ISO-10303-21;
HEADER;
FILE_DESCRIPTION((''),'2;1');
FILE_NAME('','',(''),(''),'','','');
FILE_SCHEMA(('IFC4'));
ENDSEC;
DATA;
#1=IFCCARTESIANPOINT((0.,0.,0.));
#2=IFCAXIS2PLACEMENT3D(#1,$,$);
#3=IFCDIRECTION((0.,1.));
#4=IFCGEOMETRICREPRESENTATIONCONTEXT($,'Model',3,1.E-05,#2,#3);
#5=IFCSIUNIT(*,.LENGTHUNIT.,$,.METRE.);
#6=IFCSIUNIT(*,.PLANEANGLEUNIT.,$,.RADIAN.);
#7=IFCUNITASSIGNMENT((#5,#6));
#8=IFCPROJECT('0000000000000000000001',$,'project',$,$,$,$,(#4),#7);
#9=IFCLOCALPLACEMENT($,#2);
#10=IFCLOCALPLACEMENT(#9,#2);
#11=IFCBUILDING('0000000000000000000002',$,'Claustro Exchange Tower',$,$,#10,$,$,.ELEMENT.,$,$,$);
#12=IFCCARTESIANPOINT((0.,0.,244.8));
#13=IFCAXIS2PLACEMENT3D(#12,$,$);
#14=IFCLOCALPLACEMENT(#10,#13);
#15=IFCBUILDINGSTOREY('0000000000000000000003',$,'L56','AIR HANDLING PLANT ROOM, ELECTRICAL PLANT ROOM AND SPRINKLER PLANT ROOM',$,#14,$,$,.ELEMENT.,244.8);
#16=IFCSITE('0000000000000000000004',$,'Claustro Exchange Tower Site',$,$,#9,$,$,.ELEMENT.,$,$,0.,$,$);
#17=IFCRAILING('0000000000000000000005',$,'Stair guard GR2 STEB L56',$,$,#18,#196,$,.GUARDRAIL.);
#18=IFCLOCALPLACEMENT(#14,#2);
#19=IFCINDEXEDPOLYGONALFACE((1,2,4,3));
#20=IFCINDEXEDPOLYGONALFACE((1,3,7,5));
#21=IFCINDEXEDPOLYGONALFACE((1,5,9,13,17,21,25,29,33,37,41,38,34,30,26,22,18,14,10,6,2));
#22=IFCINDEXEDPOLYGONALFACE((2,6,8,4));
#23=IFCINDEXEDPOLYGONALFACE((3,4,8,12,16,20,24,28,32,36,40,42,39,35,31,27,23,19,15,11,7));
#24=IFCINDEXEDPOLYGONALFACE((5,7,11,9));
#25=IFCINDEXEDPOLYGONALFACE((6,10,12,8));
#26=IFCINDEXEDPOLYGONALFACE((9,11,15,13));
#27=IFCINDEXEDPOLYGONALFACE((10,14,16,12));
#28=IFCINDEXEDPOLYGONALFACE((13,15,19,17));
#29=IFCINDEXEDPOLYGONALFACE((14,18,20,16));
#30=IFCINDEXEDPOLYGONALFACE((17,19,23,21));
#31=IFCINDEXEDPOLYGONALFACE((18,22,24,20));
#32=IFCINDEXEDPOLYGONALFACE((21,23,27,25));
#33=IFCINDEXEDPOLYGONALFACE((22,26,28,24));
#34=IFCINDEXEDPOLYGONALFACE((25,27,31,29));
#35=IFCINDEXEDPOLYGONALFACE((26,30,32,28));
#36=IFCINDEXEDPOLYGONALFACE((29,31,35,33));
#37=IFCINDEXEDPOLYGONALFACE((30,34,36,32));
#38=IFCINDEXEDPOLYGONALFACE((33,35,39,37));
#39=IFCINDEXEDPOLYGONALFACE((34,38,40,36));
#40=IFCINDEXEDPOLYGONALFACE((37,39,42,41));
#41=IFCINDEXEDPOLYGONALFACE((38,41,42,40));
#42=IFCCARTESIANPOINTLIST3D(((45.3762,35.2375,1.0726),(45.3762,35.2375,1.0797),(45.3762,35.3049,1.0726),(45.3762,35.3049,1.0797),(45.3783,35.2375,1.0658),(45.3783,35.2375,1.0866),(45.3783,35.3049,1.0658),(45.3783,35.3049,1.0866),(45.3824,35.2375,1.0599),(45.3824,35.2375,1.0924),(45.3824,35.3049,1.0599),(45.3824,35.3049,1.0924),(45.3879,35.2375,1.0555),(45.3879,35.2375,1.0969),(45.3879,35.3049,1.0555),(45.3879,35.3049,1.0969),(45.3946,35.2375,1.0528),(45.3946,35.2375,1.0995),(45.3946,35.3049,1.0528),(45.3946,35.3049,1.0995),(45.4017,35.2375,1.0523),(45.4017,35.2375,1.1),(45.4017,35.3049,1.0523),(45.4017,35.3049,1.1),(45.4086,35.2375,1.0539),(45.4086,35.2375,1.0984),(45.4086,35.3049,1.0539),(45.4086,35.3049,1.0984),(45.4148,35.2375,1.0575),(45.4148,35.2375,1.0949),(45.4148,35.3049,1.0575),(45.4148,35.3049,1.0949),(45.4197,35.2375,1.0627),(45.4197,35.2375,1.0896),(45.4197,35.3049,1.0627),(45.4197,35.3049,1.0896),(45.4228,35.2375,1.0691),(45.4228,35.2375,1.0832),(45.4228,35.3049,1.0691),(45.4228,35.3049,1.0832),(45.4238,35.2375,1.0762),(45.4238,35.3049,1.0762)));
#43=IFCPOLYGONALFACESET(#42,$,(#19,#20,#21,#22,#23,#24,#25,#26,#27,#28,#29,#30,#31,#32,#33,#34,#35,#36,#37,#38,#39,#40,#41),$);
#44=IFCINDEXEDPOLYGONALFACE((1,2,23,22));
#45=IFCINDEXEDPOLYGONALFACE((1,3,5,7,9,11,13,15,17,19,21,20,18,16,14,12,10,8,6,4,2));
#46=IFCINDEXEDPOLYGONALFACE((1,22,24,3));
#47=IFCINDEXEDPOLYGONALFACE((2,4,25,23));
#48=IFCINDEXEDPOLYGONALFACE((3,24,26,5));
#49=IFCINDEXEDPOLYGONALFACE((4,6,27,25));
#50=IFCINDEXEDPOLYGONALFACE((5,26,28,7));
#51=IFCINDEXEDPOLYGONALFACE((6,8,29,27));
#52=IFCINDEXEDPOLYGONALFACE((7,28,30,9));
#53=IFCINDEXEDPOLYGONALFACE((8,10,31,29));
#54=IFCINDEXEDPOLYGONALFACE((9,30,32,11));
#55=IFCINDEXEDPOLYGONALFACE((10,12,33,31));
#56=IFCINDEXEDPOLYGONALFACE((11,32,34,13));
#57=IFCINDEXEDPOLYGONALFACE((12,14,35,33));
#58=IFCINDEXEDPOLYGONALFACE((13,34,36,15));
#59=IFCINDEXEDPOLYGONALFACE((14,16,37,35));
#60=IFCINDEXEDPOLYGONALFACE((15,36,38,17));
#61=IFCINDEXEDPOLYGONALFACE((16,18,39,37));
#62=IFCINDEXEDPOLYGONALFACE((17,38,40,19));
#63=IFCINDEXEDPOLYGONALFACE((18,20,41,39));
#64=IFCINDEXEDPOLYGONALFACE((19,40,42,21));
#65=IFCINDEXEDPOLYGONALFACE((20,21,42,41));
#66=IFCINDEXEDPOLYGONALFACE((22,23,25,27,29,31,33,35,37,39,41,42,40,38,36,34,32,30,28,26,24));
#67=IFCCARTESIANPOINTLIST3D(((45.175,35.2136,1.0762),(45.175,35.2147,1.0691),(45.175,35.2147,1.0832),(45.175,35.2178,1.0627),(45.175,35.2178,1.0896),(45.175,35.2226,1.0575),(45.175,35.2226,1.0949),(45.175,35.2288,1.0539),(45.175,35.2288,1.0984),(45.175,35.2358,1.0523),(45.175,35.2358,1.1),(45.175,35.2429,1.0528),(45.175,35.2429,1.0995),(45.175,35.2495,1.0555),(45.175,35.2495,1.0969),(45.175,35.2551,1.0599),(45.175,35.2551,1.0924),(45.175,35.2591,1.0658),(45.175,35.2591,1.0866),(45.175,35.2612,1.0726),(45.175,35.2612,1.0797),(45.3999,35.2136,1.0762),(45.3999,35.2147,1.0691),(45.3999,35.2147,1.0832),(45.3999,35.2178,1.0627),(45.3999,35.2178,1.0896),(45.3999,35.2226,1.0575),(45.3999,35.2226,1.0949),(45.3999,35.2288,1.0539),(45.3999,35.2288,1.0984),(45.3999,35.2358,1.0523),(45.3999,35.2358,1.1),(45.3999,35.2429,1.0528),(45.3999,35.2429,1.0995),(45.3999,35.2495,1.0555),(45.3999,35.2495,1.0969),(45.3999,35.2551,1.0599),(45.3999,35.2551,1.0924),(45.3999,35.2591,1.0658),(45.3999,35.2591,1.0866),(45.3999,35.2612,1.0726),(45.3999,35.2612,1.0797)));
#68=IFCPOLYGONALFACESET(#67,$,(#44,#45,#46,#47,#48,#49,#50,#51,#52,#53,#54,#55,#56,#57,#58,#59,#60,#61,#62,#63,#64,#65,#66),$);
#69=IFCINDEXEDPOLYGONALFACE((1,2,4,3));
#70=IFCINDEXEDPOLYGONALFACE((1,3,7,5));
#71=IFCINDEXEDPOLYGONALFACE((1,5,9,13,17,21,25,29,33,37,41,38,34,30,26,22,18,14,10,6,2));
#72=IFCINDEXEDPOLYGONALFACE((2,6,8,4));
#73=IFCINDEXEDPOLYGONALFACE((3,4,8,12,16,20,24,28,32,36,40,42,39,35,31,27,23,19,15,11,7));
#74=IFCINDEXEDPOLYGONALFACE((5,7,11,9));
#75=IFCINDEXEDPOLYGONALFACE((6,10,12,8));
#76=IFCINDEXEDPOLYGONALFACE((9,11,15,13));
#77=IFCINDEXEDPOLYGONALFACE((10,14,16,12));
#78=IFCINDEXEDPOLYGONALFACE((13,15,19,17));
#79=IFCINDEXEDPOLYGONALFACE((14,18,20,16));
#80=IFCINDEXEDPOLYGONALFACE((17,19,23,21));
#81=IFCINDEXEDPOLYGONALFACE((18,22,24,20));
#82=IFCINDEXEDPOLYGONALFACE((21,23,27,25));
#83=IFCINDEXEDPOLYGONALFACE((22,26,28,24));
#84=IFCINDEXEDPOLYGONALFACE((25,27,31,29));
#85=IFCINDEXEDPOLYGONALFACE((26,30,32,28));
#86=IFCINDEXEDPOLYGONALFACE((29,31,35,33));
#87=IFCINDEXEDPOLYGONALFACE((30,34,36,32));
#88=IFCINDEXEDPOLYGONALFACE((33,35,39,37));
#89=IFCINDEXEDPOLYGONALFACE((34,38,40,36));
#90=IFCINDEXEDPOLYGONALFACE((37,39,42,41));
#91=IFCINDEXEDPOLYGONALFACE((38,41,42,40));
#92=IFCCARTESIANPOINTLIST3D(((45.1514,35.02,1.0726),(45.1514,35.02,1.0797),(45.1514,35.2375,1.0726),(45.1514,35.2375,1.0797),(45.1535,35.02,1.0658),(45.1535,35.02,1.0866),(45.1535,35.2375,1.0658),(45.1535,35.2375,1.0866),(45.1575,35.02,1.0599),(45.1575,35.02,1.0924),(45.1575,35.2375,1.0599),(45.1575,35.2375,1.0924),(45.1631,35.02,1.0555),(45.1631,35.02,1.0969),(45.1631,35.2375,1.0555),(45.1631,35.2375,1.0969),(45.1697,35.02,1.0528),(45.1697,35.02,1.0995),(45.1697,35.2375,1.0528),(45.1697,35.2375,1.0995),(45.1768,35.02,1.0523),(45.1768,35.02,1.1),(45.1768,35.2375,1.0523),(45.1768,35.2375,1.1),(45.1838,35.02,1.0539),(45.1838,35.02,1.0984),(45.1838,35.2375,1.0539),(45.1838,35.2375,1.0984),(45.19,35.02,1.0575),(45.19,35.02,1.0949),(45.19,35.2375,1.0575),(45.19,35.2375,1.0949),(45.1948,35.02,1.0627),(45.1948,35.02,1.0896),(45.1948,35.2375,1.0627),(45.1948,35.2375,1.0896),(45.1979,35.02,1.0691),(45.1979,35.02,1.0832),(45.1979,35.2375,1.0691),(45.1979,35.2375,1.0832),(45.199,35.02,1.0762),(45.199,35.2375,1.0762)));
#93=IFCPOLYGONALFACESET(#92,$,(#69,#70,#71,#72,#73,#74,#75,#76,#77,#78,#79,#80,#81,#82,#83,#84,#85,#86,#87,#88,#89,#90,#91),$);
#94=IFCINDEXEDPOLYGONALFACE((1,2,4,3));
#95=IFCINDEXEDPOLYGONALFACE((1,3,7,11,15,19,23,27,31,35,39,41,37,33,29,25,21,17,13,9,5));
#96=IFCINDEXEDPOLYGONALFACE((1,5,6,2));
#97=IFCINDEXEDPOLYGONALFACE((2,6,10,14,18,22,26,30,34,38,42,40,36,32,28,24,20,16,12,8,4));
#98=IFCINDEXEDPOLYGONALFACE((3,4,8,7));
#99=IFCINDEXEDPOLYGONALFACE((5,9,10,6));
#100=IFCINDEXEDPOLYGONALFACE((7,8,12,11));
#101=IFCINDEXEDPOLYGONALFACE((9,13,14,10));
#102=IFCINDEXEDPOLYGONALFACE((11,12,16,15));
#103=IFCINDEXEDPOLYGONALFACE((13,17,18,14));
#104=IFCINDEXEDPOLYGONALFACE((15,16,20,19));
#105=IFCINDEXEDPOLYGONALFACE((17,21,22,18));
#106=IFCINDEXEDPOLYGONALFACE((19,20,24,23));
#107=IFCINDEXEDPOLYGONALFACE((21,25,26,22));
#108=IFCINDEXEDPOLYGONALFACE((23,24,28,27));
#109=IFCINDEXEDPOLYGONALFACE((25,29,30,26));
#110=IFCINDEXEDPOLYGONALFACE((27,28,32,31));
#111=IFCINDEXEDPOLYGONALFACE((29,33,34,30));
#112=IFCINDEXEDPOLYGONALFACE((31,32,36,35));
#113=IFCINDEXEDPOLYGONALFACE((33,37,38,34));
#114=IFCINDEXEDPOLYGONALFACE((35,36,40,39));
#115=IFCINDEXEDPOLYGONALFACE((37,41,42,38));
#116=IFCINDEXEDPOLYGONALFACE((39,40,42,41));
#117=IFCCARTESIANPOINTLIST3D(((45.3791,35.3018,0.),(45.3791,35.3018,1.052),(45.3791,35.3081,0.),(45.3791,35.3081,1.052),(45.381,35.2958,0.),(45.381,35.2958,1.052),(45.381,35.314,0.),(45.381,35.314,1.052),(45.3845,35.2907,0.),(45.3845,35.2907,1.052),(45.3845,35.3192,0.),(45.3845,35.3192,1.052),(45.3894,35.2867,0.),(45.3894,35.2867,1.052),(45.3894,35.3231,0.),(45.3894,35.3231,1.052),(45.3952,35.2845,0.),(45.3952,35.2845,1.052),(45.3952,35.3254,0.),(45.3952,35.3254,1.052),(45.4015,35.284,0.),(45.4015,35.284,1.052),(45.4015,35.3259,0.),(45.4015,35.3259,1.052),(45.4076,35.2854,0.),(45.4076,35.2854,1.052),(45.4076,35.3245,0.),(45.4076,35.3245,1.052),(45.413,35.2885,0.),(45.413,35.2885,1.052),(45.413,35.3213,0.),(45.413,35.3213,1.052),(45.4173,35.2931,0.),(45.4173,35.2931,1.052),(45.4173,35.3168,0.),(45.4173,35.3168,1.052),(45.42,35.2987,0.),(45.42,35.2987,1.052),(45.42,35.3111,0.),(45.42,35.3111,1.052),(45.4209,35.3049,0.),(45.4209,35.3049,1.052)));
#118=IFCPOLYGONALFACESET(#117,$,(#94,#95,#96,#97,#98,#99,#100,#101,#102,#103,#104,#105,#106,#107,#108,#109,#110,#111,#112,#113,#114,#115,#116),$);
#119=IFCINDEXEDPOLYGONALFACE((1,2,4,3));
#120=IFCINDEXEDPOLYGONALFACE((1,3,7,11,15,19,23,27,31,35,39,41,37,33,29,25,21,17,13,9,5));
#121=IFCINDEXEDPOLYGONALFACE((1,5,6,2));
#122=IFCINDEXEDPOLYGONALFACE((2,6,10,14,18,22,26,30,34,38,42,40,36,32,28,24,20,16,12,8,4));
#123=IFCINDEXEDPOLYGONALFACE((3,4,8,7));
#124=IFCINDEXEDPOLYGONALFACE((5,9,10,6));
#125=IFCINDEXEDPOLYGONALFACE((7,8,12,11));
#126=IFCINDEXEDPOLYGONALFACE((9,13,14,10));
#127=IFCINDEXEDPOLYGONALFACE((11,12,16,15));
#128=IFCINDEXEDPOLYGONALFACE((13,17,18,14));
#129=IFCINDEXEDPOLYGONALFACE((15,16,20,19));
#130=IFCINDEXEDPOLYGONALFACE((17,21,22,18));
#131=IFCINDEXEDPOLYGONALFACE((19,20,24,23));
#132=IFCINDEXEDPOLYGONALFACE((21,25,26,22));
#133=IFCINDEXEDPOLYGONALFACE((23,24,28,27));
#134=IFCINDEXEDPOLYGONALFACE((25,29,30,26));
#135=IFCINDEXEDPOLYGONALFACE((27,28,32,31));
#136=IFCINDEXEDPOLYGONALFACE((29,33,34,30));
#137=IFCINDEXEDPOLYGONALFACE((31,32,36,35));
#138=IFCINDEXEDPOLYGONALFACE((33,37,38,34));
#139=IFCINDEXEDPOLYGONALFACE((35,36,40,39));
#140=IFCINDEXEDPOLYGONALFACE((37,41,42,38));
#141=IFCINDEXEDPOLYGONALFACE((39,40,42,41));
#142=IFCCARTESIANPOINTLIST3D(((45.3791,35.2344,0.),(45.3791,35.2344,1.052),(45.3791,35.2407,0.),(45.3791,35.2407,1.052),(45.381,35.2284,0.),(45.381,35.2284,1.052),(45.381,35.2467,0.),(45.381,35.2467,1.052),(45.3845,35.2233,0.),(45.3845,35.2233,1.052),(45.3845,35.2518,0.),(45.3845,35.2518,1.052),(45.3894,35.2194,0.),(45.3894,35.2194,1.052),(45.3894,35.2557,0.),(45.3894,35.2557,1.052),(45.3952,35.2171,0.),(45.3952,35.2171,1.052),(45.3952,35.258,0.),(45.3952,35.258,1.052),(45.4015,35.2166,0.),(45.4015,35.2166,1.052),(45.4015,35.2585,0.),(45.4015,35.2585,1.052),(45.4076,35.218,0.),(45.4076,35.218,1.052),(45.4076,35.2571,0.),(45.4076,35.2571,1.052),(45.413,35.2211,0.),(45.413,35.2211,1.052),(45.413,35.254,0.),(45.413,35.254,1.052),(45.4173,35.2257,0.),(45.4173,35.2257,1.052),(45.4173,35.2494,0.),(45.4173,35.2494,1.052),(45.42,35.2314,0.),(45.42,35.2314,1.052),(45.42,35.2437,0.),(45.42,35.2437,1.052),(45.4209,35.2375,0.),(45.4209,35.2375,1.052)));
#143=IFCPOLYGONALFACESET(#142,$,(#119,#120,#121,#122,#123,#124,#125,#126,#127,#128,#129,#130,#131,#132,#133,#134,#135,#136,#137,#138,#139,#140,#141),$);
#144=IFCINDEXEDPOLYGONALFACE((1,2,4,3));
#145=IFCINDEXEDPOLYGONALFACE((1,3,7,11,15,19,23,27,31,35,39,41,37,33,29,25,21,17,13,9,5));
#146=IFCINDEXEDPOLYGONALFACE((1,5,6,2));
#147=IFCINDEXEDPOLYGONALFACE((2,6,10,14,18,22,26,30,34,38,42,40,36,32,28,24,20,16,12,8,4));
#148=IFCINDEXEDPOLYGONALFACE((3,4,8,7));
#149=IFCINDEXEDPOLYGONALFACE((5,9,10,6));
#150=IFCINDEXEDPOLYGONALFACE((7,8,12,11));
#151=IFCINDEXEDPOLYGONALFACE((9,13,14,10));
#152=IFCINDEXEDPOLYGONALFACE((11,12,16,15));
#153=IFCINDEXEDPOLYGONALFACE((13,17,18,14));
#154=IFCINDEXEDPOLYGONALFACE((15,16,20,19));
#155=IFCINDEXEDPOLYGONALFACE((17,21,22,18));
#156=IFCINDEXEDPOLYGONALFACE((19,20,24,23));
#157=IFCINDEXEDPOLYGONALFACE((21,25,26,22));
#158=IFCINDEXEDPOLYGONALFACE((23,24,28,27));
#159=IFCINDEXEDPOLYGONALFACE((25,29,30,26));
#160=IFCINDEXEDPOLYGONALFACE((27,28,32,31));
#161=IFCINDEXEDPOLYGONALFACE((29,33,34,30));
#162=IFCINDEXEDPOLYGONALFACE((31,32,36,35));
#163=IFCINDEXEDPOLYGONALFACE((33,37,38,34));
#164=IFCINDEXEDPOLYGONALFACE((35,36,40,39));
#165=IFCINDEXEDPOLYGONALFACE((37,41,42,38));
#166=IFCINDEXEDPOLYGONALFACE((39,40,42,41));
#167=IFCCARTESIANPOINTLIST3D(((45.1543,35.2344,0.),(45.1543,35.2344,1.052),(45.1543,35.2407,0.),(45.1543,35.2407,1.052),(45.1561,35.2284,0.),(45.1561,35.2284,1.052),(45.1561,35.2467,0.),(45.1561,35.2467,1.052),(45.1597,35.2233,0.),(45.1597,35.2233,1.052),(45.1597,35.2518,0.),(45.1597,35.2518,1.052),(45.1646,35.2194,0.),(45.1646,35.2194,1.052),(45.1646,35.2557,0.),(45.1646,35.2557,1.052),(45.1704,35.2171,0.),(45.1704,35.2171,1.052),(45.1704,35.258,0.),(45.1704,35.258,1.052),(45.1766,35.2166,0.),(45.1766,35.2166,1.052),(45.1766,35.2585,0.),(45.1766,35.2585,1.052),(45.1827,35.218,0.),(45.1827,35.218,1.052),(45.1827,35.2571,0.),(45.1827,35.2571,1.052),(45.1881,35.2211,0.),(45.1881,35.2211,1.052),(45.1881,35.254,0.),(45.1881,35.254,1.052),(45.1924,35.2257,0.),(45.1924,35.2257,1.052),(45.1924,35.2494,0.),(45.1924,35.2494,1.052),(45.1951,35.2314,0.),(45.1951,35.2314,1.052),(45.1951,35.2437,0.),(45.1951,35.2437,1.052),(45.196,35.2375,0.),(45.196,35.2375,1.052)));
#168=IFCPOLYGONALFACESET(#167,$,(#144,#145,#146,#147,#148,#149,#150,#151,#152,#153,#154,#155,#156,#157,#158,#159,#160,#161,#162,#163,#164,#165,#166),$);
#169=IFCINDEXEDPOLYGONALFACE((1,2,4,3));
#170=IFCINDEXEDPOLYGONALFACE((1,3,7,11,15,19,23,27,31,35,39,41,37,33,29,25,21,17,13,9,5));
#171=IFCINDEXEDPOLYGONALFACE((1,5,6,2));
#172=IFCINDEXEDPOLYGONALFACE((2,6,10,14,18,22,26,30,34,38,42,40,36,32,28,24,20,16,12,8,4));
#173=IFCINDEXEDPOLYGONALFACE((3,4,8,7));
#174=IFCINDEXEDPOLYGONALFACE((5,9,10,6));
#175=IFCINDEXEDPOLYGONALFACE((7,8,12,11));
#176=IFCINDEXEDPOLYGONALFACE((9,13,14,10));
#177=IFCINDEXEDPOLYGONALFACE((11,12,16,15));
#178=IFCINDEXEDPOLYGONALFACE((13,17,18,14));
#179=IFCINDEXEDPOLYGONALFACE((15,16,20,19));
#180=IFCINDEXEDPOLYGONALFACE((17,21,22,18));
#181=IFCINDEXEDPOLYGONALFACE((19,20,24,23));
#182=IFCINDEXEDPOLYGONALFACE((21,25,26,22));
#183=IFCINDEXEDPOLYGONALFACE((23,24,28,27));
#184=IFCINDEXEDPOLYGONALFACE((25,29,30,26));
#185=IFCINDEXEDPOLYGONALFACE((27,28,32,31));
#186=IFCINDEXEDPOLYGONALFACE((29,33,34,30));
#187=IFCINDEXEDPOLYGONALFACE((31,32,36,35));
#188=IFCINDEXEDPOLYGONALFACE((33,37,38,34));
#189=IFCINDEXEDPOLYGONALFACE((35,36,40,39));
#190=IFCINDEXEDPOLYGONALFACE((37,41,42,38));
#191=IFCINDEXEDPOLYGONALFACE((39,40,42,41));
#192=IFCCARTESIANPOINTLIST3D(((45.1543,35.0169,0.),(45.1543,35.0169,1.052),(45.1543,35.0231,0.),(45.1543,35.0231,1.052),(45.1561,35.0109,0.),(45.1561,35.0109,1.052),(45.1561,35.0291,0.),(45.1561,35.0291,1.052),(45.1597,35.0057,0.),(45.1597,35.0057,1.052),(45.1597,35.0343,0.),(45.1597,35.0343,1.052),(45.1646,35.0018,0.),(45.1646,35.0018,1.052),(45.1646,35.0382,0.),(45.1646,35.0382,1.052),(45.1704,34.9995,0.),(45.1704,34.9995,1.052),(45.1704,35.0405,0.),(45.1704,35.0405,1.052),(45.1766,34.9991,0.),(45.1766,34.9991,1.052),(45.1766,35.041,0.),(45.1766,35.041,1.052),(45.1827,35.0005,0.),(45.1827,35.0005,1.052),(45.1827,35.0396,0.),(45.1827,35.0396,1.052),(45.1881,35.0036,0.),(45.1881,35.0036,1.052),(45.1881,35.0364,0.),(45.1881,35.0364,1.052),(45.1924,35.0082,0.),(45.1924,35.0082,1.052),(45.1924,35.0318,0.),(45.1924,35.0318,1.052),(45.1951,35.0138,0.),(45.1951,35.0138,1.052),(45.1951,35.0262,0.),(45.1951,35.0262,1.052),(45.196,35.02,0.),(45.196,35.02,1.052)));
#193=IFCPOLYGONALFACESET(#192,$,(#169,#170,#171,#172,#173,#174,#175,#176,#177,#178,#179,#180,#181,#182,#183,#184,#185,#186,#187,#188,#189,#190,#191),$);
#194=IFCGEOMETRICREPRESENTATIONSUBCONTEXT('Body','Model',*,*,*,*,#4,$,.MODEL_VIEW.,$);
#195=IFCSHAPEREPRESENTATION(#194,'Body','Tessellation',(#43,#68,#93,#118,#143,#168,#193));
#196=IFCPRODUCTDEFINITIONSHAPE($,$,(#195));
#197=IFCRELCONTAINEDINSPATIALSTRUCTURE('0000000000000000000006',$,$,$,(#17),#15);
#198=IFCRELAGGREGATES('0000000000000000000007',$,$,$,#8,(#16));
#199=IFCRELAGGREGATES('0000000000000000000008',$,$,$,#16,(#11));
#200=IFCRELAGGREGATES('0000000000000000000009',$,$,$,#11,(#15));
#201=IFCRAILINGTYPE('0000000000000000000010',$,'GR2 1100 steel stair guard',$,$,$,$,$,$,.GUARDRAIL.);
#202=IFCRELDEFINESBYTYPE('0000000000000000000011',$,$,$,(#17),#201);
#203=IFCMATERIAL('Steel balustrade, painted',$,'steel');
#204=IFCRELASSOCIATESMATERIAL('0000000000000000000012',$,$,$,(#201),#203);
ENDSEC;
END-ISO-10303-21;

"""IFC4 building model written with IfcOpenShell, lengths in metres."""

from ifc_helpers import new_model, si_unit, direction, frame, origin, origin_2d, place, context, subcontext, project, spatial, circle, extrude, material, type_object, element, save


model = new_model("IFC4")

# Units and contexts
model_context = context("Model", 3, precision=1e-05, world=origin(), true_north=direction((0.0, 1.0)))
body_context = subcontext(model_context, "Body", "Model", "MODEL_VIEW")
ifc_project = project(units=[si_unit("LENGTHUNIT", "METRE"), si_unit("PLANEANGLEUNIT", "RADIAN")], contexts=[model_context])

# Site, building, storey
site_placement = place(None, origin())
site = spatial("IfcSite", under=ifc_project, at=site_placement, Name="Claustro Exchange Tower Site", CompositionType="ELEMENT", RefElevation=0.0)
building_placement = place(site_placement, origin())
building = spatial("IfcBuilding", under=site, at=building_placement, Name="Claustro Exchange Tower", CompositionType="ELEMENT")
storey_placement = place(building_placement, frame((0.0, 0.0, 244.8)))
storey = spatial("IfcBuildingStorey", under=building, at=storey_placement, Name="L56", Description="AIR HANDLING PLANT ROOM, ELECTRICAL PLANT ROOM AND SPRINKLER PLANT ROOM", CompositionType="ELEMENT", Elevation=244.8)

# Railing
ifc_material_1 = material(Name="Steel balustrade, painted", Category="steel")
railing_type_1 = type_object("IfcRailingType", Name="GR2 1100 steel stair guard", PredefinedType="GUARDRAIL", material=ifc_material_1)
railing_1_placement = place(storey_placement, frame((45.3999, 35.3049, 0.0)))
element("IfcRailing", 1, at=railing_1_placement, inside=storey, type_object=railing_type_1, Name="Stair guard GR2 STEB L56", PredefinedType="GUARDRAIL", context=body_context, shape_type="SweptSolid", body=[
    extrude(circle(Radius=0.0239, at=origin_2d()), frame((0.0, 0.0, 1.0762), z_axis=(0.0, -1.0, 0.0), x_axis=(1.0, 0.0, 0.0)), (0.0, 0.0, 1.0), 0.0674),
    extrude(circle(Radius=0.0239, at=origin_2d()), frame((0.0, -0.0674, 1.0762), z_axis=(-1.0, 0.0, 0.0), x_axis=(0.0, -1.0, 0.0)), (0.0, 0.0, 1.0), 0.2249),
    extrude(circle(Radius=0.0239, at=origin_2d()), frame((-0.2249, -0.0674, 1.0762), z_axis=(0.0, -1.0, 0.0), x_axis=(1.0, 0.0, 0.0)), (0.0, 0.0, 1.0), 0.2175),
    extrude(circle(Radius=0.021, at=origin_2d()), origin(), (0.0, 0.0, 1.0), 1.052),
    extrude(circle(Radius=0.021, at=origin_2d()), frame((0.0, -0.0674, 0.0)), (0.0, 0.0, 1.0), 1.052),
    extrude(circle(Radius=0.021, at=origin_2d()), frame((-0.2249, -0.0674, 0.0)), (0.0, 0.0, 1.0), 1.052),
    extrude(circle(Radius=0.021, at=origin_2d()), frame((-0.2249, -0.2849, 0.0)), (0.0, 0.0, 1.0), 1.052),
])

save(model, "model.ifc")
